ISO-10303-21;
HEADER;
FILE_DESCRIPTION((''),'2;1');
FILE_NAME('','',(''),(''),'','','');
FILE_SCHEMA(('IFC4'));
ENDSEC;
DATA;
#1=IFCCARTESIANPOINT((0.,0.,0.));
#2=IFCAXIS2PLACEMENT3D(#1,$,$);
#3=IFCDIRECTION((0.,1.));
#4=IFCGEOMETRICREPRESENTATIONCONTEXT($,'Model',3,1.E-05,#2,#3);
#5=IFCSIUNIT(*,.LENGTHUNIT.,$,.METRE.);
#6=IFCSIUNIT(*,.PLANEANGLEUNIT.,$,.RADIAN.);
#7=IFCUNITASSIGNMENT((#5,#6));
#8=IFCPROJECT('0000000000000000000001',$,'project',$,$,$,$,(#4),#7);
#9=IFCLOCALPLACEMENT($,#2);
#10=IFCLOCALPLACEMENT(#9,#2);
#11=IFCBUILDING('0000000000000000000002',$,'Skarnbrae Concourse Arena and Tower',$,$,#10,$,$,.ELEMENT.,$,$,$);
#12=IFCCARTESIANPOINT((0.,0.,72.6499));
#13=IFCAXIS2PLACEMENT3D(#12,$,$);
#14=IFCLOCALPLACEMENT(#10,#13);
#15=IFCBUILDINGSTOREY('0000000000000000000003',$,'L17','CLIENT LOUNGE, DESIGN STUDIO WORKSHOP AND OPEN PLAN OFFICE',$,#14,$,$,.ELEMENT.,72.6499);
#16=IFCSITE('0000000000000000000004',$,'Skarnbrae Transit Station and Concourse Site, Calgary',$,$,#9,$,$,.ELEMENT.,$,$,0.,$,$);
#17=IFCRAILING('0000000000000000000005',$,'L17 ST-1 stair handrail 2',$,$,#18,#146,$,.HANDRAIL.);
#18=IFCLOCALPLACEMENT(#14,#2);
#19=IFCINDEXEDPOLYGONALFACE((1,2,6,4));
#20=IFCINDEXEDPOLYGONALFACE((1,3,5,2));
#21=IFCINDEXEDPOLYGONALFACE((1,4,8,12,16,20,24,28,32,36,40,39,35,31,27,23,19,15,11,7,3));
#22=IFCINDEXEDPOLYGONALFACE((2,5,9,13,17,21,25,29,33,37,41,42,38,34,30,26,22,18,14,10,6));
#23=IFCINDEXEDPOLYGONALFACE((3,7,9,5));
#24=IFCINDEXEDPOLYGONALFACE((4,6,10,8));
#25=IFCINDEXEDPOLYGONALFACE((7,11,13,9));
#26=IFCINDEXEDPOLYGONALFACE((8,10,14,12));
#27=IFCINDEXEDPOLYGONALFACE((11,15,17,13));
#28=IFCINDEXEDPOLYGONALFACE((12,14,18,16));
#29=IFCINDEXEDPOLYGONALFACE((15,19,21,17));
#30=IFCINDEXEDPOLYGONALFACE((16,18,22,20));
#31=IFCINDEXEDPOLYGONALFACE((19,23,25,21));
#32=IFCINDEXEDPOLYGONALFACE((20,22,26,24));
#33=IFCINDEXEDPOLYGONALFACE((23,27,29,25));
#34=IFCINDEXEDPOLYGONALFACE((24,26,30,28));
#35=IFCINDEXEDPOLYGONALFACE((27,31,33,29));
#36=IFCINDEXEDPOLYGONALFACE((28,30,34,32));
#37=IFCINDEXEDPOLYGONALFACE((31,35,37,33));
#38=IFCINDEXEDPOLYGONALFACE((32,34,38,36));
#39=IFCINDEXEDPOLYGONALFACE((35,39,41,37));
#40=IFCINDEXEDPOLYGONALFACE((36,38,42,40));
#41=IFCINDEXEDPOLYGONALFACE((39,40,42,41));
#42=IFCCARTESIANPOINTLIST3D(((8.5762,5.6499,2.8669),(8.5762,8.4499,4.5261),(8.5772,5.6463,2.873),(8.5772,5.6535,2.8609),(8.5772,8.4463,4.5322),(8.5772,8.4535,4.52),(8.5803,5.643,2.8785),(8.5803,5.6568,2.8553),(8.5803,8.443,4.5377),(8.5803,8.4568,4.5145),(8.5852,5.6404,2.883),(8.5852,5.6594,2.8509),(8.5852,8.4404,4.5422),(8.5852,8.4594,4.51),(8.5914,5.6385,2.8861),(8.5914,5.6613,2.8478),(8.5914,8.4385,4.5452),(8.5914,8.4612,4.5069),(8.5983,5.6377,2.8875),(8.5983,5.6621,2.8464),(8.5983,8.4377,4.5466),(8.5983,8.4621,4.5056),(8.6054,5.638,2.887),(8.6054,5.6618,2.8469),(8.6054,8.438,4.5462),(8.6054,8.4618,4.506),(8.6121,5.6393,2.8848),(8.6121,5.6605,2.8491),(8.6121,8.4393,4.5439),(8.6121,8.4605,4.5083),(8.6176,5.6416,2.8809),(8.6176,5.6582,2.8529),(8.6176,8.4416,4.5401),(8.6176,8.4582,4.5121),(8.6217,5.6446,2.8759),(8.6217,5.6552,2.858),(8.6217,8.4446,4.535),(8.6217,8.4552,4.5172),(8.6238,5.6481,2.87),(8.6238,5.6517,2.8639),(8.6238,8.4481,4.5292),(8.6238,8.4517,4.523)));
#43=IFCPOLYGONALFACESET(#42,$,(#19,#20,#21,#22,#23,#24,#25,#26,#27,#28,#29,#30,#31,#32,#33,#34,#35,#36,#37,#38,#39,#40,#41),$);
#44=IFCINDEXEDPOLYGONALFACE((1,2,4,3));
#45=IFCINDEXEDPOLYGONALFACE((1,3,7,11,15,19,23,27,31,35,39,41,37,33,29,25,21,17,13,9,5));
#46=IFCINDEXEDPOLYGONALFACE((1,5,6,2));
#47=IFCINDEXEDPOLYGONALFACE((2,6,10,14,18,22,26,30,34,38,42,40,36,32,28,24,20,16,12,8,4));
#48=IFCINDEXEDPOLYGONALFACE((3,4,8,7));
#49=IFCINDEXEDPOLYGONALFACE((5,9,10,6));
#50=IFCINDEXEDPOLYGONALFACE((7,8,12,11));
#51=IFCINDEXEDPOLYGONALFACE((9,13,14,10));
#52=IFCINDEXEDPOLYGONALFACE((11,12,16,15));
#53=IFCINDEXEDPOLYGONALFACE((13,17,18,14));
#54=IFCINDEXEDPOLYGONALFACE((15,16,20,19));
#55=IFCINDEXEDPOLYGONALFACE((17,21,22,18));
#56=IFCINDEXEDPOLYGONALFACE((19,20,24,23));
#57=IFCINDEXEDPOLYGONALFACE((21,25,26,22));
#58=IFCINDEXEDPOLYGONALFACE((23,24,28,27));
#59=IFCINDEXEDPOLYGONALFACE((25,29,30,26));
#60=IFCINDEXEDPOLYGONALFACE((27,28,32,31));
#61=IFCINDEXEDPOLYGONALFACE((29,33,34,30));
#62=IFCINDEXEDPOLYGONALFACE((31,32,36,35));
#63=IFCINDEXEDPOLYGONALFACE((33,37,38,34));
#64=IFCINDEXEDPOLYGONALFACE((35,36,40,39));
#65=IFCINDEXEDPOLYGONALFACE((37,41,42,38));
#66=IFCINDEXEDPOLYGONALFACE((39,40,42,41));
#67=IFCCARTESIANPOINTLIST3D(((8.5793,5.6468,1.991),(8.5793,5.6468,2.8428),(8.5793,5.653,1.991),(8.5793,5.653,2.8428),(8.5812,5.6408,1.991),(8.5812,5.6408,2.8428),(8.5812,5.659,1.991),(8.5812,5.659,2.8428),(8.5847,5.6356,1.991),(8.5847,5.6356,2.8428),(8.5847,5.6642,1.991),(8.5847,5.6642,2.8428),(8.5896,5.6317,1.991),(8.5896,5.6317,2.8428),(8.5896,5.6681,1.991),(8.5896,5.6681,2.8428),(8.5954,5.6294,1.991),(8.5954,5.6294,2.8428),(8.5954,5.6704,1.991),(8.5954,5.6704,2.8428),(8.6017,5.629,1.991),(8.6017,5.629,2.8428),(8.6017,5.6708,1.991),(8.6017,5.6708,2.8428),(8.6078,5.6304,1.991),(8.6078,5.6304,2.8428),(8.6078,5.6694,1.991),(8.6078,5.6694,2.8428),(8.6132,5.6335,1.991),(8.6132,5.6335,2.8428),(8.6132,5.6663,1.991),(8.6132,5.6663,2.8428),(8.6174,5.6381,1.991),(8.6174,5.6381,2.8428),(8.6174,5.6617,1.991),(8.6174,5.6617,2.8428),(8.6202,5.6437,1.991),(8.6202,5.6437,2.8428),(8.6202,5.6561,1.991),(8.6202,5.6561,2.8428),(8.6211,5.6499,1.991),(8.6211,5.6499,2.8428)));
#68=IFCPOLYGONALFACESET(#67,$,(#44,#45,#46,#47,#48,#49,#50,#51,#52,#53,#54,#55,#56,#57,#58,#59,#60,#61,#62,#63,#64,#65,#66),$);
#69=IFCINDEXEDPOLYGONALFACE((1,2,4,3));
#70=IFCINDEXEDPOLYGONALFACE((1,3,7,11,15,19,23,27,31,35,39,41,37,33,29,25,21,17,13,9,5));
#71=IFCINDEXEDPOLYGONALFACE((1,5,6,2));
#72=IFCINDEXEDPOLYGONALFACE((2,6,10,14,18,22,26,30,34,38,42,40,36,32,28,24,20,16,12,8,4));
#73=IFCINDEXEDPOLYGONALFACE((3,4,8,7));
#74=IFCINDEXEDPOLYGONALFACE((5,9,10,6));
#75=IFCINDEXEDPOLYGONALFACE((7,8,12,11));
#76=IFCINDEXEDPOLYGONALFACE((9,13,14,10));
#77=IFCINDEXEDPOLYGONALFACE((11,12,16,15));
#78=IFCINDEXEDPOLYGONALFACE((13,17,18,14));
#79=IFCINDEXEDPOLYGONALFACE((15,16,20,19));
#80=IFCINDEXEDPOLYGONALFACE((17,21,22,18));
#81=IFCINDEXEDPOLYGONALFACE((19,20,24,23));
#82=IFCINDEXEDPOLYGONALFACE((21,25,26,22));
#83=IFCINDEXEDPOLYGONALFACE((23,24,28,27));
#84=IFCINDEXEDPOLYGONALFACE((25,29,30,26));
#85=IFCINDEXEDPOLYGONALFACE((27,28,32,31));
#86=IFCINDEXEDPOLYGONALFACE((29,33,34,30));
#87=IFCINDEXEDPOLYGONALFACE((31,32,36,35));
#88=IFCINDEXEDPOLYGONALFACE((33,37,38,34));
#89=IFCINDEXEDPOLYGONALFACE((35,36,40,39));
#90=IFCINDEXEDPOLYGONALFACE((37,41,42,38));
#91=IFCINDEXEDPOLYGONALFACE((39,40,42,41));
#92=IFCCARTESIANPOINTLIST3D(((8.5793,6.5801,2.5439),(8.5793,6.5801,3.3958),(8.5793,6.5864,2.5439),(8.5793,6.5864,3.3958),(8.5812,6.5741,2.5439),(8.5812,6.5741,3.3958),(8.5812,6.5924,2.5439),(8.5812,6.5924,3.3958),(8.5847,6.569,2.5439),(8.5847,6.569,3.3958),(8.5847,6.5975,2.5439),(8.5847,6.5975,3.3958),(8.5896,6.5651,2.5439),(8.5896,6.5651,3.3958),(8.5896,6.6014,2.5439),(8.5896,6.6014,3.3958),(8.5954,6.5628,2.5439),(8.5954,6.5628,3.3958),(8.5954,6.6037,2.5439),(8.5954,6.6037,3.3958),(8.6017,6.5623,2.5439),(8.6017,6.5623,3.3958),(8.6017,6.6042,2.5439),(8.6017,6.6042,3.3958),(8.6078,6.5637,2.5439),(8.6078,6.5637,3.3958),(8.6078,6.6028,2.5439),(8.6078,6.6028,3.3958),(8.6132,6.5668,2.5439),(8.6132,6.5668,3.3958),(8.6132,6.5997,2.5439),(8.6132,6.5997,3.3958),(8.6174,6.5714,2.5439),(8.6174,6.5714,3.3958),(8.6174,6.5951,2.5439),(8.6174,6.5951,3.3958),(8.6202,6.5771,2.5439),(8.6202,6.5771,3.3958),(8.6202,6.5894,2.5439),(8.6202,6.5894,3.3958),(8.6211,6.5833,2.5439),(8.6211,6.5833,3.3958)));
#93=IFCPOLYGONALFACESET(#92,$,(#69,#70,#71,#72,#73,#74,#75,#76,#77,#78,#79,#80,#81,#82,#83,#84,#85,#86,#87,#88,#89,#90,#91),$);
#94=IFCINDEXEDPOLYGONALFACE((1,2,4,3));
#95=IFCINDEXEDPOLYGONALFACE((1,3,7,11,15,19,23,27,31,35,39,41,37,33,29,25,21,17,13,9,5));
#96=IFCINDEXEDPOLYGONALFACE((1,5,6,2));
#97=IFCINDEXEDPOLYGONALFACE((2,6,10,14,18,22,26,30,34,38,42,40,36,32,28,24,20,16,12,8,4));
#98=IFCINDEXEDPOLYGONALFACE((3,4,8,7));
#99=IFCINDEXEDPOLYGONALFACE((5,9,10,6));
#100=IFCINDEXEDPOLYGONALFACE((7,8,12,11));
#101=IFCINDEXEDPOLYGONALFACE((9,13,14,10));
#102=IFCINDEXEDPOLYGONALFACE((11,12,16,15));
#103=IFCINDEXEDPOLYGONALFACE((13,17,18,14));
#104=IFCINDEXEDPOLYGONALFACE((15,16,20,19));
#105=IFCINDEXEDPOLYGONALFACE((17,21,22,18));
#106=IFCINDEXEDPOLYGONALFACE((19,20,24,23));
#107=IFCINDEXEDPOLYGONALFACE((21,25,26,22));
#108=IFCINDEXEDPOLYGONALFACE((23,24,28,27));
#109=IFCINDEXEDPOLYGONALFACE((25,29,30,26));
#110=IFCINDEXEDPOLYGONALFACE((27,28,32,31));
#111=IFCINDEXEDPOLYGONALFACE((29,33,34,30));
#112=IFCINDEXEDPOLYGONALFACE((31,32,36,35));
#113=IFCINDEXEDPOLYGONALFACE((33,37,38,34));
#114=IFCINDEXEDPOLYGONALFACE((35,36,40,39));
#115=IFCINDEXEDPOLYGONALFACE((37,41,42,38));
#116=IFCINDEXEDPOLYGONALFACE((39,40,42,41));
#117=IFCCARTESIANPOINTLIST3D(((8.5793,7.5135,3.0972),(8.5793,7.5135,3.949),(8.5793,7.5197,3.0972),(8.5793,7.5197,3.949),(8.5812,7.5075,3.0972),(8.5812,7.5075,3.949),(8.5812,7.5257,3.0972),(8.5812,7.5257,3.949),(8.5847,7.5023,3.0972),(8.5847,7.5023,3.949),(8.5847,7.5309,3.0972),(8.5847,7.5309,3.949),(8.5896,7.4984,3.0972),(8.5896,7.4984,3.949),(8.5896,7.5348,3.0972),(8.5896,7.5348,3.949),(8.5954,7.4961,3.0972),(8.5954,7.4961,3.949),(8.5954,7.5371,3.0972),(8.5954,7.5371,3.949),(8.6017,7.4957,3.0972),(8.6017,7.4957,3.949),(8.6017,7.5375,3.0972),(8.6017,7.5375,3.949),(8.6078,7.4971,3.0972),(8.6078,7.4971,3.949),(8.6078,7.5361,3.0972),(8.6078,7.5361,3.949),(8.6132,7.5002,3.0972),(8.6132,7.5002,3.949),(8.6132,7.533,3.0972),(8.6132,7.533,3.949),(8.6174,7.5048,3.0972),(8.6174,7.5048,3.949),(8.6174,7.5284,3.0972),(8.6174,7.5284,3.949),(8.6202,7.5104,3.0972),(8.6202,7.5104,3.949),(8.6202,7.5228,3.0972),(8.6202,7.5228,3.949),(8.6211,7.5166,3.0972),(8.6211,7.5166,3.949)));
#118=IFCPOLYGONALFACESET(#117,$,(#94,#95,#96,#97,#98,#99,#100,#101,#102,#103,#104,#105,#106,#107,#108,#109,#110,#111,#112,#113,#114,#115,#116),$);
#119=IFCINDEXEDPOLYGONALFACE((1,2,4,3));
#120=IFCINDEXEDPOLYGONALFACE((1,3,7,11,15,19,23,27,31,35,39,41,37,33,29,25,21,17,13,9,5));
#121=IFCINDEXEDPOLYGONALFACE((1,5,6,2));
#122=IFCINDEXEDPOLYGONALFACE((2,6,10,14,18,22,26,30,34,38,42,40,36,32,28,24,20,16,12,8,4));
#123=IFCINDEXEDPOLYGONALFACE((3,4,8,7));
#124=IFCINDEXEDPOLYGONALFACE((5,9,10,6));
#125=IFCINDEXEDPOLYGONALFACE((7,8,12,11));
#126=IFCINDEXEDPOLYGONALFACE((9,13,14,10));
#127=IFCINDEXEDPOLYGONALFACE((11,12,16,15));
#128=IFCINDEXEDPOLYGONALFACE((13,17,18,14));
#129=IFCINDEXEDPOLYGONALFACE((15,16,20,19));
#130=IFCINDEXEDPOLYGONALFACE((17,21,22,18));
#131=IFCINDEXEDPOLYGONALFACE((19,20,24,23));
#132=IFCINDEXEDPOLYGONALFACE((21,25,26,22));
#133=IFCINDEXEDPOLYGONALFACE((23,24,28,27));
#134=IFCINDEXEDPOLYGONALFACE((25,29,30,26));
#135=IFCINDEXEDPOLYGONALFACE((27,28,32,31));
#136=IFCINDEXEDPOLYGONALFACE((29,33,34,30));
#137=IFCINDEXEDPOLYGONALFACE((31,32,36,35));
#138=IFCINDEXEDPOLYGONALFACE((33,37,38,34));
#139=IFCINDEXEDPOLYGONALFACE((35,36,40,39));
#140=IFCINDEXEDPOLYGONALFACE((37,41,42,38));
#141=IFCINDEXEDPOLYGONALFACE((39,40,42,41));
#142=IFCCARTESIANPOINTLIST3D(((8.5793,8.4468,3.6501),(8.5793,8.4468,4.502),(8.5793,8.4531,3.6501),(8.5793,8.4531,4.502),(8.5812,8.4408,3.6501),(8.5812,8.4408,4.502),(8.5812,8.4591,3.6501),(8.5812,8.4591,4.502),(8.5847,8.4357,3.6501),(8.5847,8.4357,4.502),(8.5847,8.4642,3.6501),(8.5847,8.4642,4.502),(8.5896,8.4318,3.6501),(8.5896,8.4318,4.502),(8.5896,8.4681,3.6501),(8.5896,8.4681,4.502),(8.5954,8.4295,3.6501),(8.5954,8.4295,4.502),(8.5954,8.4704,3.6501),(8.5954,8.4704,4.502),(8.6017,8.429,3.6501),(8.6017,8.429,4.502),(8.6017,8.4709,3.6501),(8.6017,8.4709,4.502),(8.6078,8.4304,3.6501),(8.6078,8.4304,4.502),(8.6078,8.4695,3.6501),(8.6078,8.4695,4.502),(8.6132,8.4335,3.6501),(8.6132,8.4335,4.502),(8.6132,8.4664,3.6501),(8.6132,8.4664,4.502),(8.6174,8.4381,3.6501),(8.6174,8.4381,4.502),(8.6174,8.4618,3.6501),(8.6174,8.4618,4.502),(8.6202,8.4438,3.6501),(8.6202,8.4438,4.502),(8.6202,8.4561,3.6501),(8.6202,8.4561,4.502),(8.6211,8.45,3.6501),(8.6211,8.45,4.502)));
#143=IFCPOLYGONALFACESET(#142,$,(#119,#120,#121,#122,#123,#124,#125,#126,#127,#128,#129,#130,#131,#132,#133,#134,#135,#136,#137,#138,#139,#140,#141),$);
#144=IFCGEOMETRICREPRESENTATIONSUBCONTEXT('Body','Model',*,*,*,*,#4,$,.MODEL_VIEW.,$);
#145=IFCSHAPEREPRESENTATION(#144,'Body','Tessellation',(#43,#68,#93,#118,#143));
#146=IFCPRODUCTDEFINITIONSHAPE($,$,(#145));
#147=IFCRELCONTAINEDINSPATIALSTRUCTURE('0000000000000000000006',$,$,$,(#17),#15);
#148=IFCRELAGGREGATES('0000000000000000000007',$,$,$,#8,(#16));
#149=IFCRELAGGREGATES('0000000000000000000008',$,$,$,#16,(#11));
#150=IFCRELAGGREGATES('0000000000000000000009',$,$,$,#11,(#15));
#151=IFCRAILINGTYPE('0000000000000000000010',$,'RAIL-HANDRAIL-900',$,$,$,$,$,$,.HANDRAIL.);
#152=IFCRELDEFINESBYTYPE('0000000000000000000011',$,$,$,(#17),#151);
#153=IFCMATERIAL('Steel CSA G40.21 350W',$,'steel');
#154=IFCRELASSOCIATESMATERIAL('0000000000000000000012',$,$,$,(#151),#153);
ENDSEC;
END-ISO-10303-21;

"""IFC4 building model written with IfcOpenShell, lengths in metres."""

from ifc_helpers import new_model, si_unit, direction, frame, origin, origin_2d, place, context, subcontext, project, spatial, circle, extrude, material, type_object, element, save


model = new_model("IFC4")

# Units and contexts
model_context = context("Model", 3, precision=1e-05, world=origin(), true_north=direction((0.0, 1.0)))
body_context = subcontext(model_context, "Body", "Model", "MODEL_VIEW")
ifc_project = project(units=[si_unit("LENGTHUNIT", "METRE"), si_unit("PLANEANGLEUNIT", "RADIAN")], contexts=[model_context])

# Site, building, storey
site_placement = place(None, origin())
site = spatial("IfcSite", under=ifc_project, at=site_placement, Name="Skarnbrae Transit Station and Concourse Site, Calgary", CompositionType="ELEMENT", RefElevation=0.0)
building_placement = place(site_placement, origin())
building = spatial("IfcBuilding", under=site, at=building_placement, Name="Skarnbrae Concourse Arena and Tower", CompositionType="ELEMENT")
storey_placement = place(building_placement, frame((0.0, 0.0, 72.6499)))
storey = spatial("IfcBuildingStorey", under=building, at=storey_placement, Name="L17", Description="CLIENT LOUNGE, DESIGN STUDIO WORKSHOP AND OPEN PLAN OFFICE", CompositionType="ELEMENT", Elevation=72.6499)

# Shared definitions
ifc_material_1 = material(Name="Steel CSA G40.21 350W", Category="steel")

# Railing
railing_type_1 = type_object("IfcRailingType", Name="RAIL-HANDRAIL-900", PredefinedType="HANDRAIL", material=ifc_material_1)
railing_1_placement = place(storey_placement, frame((8.6001, 5.6499, 1.991)))
element("IfcRailing", 1, at=railing_1_placement, inside=storey, type_object=railing_type_1, Name="L17 ST-1 stair handrail 2", PredefinedType="HANDRAIL", context=body_context, shape_type="SweptSolid", body=[
    extrude(circle(Radius=0.0239, at=origin_2d()), frame((0.0, 0.0, 0.876), z_axis=(0.0, 0.860306, 0.509778), x_axis=(-1.0, 0.0, 0.0)), (0.0, 0.0, 1.0), 3.2546),
    extrude(circle(Radius=0.021, at=origin_2d()), origin(), (0.0, 0.0, 1.0), 0.8518),
    extrude(circle(Radius=0.021, at=origin_2d()), frame((0.0, 0.9333, 0.553)), (0.0, 0.0, 1.0), 0.8518),
    extrude(circle(Radius=0.021, at=origin_2d()), frame((0.0, 1.8667, 1.1062)), (0.0, 0.0, 1.0), 0.8518),
    extrude(circle(Radius=0.021, at=origin_2d()), frame((0.0, 2.8, 1.6592)), (0.0, 0.0, 1.0), 0.8518),
])

save(model, "model.ifc")
